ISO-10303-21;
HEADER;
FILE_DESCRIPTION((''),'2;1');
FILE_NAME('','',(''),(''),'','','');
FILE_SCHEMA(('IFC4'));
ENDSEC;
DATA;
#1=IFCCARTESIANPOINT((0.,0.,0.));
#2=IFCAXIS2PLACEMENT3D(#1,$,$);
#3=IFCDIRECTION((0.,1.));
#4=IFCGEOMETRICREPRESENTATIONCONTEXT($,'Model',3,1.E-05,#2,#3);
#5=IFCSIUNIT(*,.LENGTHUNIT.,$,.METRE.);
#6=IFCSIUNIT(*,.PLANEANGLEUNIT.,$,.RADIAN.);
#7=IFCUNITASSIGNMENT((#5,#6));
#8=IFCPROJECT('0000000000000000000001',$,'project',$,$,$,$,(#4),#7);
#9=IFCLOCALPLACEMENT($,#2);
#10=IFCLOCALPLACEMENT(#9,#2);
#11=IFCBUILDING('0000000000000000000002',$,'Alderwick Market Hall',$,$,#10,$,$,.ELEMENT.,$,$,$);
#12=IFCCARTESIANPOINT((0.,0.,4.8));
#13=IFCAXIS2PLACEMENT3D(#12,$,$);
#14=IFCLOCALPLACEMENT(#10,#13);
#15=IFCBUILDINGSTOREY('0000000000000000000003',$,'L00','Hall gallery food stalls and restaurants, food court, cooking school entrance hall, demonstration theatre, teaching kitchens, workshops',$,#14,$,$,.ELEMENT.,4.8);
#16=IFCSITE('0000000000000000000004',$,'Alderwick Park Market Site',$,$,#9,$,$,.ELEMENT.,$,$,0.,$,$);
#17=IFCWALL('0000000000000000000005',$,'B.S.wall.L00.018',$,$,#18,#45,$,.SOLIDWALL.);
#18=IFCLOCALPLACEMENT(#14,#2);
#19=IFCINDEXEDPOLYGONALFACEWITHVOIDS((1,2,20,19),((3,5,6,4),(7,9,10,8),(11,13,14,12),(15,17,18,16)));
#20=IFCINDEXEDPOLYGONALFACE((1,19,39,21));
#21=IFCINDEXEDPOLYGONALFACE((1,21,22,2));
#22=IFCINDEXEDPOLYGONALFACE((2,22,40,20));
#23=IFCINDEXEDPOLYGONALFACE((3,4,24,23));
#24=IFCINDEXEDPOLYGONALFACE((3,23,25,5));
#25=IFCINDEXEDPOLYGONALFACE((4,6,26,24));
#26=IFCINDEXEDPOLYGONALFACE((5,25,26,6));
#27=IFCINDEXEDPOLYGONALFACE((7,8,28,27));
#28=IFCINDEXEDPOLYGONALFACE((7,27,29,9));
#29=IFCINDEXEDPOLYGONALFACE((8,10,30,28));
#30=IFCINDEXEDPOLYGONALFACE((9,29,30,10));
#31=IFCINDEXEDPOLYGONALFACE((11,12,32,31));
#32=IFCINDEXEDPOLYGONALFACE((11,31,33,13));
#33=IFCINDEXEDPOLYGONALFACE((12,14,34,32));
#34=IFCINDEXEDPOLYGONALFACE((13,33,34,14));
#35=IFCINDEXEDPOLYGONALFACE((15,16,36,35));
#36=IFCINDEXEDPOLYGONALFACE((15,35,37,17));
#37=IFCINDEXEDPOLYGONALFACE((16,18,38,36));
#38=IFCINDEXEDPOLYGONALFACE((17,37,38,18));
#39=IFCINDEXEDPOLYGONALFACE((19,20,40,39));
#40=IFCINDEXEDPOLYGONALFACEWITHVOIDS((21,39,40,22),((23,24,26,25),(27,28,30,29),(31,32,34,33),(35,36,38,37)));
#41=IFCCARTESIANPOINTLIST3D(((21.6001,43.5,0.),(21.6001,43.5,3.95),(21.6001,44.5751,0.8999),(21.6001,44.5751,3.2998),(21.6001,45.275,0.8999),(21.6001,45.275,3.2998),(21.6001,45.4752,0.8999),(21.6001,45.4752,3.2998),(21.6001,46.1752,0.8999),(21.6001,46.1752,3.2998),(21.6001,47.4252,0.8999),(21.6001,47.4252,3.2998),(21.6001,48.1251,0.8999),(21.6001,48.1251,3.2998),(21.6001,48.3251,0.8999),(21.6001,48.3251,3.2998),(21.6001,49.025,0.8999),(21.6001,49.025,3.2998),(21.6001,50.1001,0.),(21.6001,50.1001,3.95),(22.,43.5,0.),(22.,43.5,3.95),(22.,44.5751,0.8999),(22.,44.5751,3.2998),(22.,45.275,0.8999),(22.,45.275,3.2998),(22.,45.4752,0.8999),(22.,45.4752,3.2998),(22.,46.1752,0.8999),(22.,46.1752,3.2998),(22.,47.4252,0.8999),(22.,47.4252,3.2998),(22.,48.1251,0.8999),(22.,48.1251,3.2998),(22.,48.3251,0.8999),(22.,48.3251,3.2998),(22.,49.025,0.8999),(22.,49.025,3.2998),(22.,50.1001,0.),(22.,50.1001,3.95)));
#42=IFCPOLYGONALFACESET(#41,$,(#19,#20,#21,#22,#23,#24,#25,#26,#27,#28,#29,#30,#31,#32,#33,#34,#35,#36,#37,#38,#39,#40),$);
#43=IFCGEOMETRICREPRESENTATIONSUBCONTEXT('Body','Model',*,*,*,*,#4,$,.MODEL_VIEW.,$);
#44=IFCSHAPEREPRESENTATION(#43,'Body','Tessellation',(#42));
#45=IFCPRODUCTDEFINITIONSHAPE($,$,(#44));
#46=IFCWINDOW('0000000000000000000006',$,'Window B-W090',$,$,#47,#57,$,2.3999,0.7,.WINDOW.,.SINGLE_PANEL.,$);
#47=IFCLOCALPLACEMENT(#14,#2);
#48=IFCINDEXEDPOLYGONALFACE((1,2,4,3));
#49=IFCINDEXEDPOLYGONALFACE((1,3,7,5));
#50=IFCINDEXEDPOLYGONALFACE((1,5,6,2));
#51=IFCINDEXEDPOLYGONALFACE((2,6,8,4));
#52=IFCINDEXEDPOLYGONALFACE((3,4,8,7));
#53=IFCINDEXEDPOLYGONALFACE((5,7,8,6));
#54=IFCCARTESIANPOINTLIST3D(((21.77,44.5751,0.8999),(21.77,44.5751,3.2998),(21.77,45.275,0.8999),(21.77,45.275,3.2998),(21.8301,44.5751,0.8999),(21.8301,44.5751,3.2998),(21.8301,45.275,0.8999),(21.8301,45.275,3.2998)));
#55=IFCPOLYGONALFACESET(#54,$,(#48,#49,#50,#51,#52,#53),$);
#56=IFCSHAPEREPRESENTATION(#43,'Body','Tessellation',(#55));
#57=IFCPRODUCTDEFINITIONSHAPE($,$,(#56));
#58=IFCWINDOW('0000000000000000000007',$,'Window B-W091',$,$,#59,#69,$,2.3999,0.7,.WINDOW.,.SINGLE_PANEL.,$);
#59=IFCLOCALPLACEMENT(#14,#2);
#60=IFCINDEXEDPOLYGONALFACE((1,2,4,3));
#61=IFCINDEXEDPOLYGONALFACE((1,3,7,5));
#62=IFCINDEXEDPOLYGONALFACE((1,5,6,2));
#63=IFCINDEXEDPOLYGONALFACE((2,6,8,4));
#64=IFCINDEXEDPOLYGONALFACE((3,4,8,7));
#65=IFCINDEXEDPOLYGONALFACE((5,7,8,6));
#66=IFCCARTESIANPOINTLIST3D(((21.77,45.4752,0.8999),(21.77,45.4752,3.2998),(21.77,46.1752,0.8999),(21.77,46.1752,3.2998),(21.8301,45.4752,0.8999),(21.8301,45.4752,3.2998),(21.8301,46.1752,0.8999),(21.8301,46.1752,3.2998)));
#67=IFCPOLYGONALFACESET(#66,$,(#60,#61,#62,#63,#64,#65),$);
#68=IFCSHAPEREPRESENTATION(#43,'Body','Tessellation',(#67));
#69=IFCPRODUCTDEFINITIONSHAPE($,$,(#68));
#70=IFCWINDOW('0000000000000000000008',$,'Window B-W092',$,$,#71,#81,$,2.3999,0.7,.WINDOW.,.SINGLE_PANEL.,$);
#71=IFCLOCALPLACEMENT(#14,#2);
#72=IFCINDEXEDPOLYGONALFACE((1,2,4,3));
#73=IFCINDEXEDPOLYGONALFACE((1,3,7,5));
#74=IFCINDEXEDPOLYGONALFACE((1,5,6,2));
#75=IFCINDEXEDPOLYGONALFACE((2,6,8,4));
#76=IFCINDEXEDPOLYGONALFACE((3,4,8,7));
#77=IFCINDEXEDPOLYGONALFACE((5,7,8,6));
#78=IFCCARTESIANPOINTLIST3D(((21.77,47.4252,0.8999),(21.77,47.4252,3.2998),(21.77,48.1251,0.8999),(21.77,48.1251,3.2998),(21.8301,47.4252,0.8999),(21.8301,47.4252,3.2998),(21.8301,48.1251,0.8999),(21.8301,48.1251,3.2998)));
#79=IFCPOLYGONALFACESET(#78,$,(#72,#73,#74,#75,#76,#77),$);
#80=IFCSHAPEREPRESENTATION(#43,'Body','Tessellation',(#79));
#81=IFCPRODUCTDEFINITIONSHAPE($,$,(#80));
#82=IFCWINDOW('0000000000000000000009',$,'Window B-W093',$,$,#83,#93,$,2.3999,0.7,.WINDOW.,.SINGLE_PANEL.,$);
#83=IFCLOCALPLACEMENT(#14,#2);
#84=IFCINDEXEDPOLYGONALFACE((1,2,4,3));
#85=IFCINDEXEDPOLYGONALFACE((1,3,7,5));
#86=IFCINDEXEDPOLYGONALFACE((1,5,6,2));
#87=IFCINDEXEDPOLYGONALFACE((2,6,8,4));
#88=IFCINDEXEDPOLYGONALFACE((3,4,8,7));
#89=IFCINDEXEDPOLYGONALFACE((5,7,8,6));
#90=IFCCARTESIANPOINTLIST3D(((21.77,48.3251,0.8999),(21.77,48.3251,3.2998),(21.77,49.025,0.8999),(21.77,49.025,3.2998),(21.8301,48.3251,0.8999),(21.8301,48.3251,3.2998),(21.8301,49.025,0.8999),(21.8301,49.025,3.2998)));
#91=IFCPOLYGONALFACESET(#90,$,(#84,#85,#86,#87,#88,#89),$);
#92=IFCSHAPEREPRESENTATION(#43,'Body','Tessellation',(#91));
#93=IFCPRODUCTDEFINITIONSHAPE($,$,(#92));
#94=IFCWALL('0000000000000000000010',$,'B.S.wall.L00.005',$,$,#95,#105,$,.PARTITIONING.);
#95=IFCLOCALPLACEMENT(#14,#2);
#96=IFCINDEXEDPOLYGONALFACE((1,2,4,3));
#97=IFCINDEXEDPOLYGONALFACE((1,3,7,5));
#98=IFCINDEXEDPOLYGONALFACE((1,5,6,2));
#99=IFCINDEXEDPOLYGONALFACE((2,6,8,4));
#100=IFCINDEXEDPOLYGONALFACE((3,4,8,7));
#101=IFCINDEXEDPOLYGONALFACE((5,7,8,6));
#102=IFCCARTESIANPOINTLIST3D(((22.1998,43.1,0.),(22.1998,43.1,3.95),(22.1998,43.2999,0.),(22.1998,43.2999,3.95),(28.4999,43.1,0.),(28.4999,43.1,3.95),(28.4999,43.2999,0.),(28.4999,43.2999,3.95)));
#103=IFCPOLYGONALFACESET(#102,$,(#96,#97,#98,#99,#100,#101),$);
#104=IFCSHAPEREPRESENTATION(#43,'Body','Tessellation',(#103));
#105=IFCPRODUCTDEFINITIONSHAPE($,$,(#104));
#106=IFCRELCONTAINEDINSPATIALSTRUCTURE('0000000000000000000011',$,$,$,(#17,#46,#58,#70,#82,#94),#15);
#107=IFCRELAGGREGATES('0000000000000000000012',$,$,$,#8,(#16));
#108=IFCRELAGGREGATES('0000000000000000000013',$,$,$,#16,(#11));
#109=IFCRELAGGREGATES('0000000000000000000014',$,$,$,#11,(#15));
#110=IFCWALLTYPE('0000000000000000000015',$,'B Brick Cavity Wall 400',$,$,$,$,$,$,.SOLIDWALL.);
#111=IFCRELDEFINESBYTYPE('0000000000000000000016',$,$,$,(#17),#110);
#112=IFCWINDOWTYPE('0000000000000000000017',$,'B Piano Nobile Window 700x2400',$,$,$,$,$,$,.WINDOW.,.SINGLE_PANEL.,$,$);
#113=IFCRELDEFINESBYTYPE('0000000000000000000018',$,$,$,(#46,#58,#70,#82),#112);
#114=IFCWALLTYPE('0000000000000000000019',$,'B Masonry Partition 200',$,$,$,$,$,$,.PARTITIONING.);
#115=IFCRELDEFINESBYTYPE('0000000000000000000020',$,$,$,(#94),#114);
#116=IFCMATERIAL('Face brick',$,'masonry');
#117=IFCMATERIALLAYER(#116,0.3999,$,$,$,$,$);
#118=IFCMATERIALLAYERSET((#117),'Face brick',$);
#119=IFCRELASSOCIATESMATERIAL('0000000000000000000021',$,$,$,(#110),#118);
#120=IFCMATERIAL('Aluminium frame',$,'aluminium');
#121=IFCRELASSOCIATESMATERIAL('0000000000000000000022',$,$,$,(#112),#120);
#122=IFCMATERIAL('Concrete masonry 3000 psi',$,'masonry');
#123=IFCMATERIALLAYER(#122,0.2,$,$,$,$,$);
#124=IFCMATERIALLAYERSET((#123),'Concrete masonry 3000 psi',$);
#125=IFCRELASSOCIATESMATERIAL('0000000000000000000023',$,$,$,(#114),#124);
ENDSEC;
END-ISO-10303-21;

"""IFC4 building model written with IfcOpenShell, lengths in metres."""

from ifc_helpers import new_model, si_unit, direction, frame, frame_2d, origin, place, context, subcontext, project, spatial, rectangle, extrude, material, layer, layer_set, type_object, element, fill, save


model = new_model("IFC4")

# Units and contexts
model_context = context("Model", 3, precision=1e-05, world=origin(), true_north=direction((0.0, 1.0)))
body_context = subcontext(model_context, "Body", "Model", "MODEL_VIEW")
ifc_project = project(units=[si_unit("LENGTHUNIT", "METRE"), si_unit("PLANEANGLEUNIT", "RADIAN")], contexts=[model_context])

# Site, building, storey
site_placement = place(None, origin())
site = spatial("IfcSite", under=ifc_project, at=site_placement, Name="Alderwick Park Market Site", CompositionType="ELEMENT", RefElevation=0.0)
building_placement = place(site_placement, origin())
building = spatial("IfcBuilding", under=site, at=building_placement, Name="Alderwick Market Hall", CompositionType="ELEMENT")
storey_placement = place(building_placement, frame((0.0, 0.0, 4.8)))
storey = spatial("IfcBuildingStorey", under=building, at=storey_placement, Name="L00", Description="Hall gallery food stalls and restaurants, food court, cooking school entrance hall, demonstration theatre, teaching kitchens, workshops", CompositionType="ELEMENT", Elevation=4.8)

# Wall, openings, windows
ifc_material_1 = material(Name="Face brick", Category="masonry")
ifc_layer_1 = layer(ifc_material_1, 0.3999)
ifc_layer_set_1 = layer_set([ifc_layer_1], Name="Face brick")
wall_type_1 = type_object("IfcWallType", Name="B Brick Cavity Wall 400", PredefinedType="SOLIDWALL", material=ifc_layer_set_1)
ifc_material_2 = material(Name="Aluminium frame", Category="aluminium")
window_type = type_object("IfcWindowType", Name="B Piano Nobile Window 700x2400", PartitioningType="SINGLE_PANEL", PredefinedType="WINDOW", material=ifc_material_2)
wall_1_placement = place(storey_placement, frame((21.8, 43.5, 0.0), z_axis=(0.0, 0.0, 1.0), x_axis=(0.0, 1.0, 0.0)))
wall_1 = element("IfcWall", 1, at=wall_1_placement, inside=storey, type_object=wall_type_1, Name="B.S.wall.L00.018", PredefinedType="SOLIDWALL", context=body_context, shape_type="SweptSolid", body=[
    extrude(rectangle(XDim=6.6001, YDim=0.3999, at=frame_2d((3.3, 0.0))), origin(), (0.0, 0.0, 1.0), 3.95),
])
opening_1_placement = place(wall_1_placement, frame((1.075, 0.0, 0.8999)))
opening_1 = element("IfcOpeningElement", 2, at=opening_1_placement, cuts=wall_1, PredefinedType="OPENING", context=body_context, shape_type="SweptSolid", body=[
    extrude(rectangle(XDim=0.7, YDim=2.3999, at=frame_2d((0.3501, 1.2))), frame((0.0, 0.21, 0.0), z_axis=(0.0, -1.0, 0.0), x_axis=(1.0, 0.0, 0.0)), (0.0, 0.0, 1.0), 0.4199),
])
opening_2_placement = place(wall_1_placement, frame((1.9751, 0.0, 0.8999)))
opening_2 = element("IfcOpeningElement", 3, at=opening_2_placement, cuts=wall_1, PredefinedType="OPENING", context=body_context, shape_type="SweptSolid", body=[
    extrude(rectangle(XDim=0.7, YDim=2.3999, at=frame_2d((0.3501, 1.2))), frame((0.0, 0.21, 0.0), z_axis=(0.0, -1.0, 0.0), x_axis=(1.0, 0.0, 0.0)), (0.0, 0.0, 1.0), 0.4199),
])
opening_3_placement = place(wall_1_placement, frame((3.925, 0.0, 0.8999)))
opening_3 = element("IfcOpeningElement", 4, at=opening_3_placement, cuts=wall_1, PredefinedType="OPENING", context=body_context, shape_type="SweptSolid", body=[
    extrude(rectangle(XDim=0.7, YDim=2.3999, at=frame_2d((0.3501, 1.2))), frame((0.0, 0.21, 0.0), z_axis=(0.0, -1.0, 0.0), x_axis=(1.0, 0.0, 0.0)), (0.0, 0.0, 1.0), 0.4199),
])
opening_4_placement = place(wall_1_placement, frame((4.825, 0.0, 0.8999)))
opening_4 = element("IfcOpeningElement", 5, at=opening_4_placement, cuts=wall_1, PredefinedType="OPENING", context=body_context, shape_type="SweptSolid", body=[
    extrude(rectangle(XDim=0.7, YDim=2.3999, at=frame_2d((0.3501, 1.2))), frame((0.0, 0.21, 0.0), z_axis=(0.0, -1.0, 0.0), x_axis=(1.0, 0.0, 0.0)), (0.0, 0.0, 1.0), 0.4199),
])
window_1_placement = place(opening_1_placement, origin())
window_1 = element("IfcWindow", 6, at=window_1_placement, inside=storey, type_object=window_type, Name="Window B-W090", OverallHeight=2.3999, OverallWidth=0.7, PartitioningType="SINGLE_PANEL", PredefinedType="WINDOW", context=body_context, shape_type="SweptSolid", body=[
    extrude(rectangle(XDim=0.7, YDim=2.3999, at=frame_2d((0.3501, 1.2))), frame((0.0, 0.03, 0.0), z_axis=(0.0, -1.0, 0.0), x_axis=(1.0, 0.0, 0.0)), (0.0, 0.0, 1.0), 0.0601),
])
fill(opening_1, window_1)
window_2_placement = place(opening_2_placement, origin())
window_2 = element("IfcWindow", 7, at=window_2_placement, inside=storey, type_object=window_type, Name="Window B-W091", OverallHeight=2.3999, OverallWidth=0.7, PartitioningType="SINGLE_PANEL", PredefinedType="WINDOW", context=body_context, shape_type="SweptSolid", body=[
    extrude(rectangle(XDim=0.7, YDim=2.3999, at=frame_2d((0.3501, 1.2))), frame((0.0, 0.03, 0.0), z_axis=(0.0, -1.0, 0.0), x_axis=(1.0, 0.0, 0.0)), (0.0, 0.0, 1.0), 0.0601),
])
fill(opening_2, window_2)
window_3_placement = place(opening_3_placement, origin())
window_3 = element("IfcWindow", 8, at=window_3_placement, inside=storey, type_object=window_type, Name="Window B-W092", OverallHeight=2.3999, OverallWidth=0.7, PartitioningType="SINGLE_PANEL", PredefinedType="WINDOW", context=body_context, shape_type="SweptSolid", body=[
    extrude(rectangle(XDim=0.7, YDim=2.3999, at=frame_2d((0.3501, 1.2))), frame((0.0, 0.03, 0.0), z_axis=(0.0, -1.0, 0.0), x_axis=(1.0, 0.0, 0.0)), (0.0, 0.0, 1.0), 0.0601),
])
fill(opening_3, window_3)
window_4_placement = place(opening_4_placement, origin())
window_4 = element("IfcWindow", 9, at=window_4_placement, inside=storey, type_object=window_type, Name="Window B-W093", OverallHeight=2.3999, OverallWidth=0.7, PartitioningType="SINGLE_PANEL", PredefinedType="WINDOW", context=body_context, shape_type="SweptSolid", body=[
    extrude(rectangle(XDim=0.7, YDim=2.3999, at=frame_2d((0.3501, 1.2))), frame((0.0, 0.03, 0.0), z_axis=(0.0, -1.0, 0.0), x_axis=(1.0, 0.0, 0.0)), (0.0, 0.0, 1.0), 0.0601),
])
fill(opening_4, window_4)

# Wall
ifc_material_3 = material(Name="Concrete masonry 3000 psi", Category="masonry")
ifc_layer_2 = layer(ifc_material_3, 0.2)
ifc_layer_set_2 = layer_set([ifc_layer_2], Name="Concrete masonry 3000 psi")
wall_type_2 = type_object("IfcWallType", Name="B Masonry Partition 200", PredefinedType="PARTITIONING", material=ifc_layer_set_2)
wall_2_placement = place(storey_placement, frame((22.2, 43.2, 0.0), z_axis=(0.0, 0.0, 1.0), x_axis=(1.0, 0.0, 0.0)))
element("IfcWall", 10, at=wall_2_placement, inside=storey, type_object=wall_type_2, Name="B.S.wall.L00.005", PredefinedType="PARTITIONING", context=body_context, shape_type="SweptSolid", body=[
    extrude(rectangle(XDim=6.3, YDim=0.2, at=frame_2d((3.1499, 0.0))), origin(), (0.0, 0.0, 1.0), 3.95),
])

save(model, "model.ifc")
